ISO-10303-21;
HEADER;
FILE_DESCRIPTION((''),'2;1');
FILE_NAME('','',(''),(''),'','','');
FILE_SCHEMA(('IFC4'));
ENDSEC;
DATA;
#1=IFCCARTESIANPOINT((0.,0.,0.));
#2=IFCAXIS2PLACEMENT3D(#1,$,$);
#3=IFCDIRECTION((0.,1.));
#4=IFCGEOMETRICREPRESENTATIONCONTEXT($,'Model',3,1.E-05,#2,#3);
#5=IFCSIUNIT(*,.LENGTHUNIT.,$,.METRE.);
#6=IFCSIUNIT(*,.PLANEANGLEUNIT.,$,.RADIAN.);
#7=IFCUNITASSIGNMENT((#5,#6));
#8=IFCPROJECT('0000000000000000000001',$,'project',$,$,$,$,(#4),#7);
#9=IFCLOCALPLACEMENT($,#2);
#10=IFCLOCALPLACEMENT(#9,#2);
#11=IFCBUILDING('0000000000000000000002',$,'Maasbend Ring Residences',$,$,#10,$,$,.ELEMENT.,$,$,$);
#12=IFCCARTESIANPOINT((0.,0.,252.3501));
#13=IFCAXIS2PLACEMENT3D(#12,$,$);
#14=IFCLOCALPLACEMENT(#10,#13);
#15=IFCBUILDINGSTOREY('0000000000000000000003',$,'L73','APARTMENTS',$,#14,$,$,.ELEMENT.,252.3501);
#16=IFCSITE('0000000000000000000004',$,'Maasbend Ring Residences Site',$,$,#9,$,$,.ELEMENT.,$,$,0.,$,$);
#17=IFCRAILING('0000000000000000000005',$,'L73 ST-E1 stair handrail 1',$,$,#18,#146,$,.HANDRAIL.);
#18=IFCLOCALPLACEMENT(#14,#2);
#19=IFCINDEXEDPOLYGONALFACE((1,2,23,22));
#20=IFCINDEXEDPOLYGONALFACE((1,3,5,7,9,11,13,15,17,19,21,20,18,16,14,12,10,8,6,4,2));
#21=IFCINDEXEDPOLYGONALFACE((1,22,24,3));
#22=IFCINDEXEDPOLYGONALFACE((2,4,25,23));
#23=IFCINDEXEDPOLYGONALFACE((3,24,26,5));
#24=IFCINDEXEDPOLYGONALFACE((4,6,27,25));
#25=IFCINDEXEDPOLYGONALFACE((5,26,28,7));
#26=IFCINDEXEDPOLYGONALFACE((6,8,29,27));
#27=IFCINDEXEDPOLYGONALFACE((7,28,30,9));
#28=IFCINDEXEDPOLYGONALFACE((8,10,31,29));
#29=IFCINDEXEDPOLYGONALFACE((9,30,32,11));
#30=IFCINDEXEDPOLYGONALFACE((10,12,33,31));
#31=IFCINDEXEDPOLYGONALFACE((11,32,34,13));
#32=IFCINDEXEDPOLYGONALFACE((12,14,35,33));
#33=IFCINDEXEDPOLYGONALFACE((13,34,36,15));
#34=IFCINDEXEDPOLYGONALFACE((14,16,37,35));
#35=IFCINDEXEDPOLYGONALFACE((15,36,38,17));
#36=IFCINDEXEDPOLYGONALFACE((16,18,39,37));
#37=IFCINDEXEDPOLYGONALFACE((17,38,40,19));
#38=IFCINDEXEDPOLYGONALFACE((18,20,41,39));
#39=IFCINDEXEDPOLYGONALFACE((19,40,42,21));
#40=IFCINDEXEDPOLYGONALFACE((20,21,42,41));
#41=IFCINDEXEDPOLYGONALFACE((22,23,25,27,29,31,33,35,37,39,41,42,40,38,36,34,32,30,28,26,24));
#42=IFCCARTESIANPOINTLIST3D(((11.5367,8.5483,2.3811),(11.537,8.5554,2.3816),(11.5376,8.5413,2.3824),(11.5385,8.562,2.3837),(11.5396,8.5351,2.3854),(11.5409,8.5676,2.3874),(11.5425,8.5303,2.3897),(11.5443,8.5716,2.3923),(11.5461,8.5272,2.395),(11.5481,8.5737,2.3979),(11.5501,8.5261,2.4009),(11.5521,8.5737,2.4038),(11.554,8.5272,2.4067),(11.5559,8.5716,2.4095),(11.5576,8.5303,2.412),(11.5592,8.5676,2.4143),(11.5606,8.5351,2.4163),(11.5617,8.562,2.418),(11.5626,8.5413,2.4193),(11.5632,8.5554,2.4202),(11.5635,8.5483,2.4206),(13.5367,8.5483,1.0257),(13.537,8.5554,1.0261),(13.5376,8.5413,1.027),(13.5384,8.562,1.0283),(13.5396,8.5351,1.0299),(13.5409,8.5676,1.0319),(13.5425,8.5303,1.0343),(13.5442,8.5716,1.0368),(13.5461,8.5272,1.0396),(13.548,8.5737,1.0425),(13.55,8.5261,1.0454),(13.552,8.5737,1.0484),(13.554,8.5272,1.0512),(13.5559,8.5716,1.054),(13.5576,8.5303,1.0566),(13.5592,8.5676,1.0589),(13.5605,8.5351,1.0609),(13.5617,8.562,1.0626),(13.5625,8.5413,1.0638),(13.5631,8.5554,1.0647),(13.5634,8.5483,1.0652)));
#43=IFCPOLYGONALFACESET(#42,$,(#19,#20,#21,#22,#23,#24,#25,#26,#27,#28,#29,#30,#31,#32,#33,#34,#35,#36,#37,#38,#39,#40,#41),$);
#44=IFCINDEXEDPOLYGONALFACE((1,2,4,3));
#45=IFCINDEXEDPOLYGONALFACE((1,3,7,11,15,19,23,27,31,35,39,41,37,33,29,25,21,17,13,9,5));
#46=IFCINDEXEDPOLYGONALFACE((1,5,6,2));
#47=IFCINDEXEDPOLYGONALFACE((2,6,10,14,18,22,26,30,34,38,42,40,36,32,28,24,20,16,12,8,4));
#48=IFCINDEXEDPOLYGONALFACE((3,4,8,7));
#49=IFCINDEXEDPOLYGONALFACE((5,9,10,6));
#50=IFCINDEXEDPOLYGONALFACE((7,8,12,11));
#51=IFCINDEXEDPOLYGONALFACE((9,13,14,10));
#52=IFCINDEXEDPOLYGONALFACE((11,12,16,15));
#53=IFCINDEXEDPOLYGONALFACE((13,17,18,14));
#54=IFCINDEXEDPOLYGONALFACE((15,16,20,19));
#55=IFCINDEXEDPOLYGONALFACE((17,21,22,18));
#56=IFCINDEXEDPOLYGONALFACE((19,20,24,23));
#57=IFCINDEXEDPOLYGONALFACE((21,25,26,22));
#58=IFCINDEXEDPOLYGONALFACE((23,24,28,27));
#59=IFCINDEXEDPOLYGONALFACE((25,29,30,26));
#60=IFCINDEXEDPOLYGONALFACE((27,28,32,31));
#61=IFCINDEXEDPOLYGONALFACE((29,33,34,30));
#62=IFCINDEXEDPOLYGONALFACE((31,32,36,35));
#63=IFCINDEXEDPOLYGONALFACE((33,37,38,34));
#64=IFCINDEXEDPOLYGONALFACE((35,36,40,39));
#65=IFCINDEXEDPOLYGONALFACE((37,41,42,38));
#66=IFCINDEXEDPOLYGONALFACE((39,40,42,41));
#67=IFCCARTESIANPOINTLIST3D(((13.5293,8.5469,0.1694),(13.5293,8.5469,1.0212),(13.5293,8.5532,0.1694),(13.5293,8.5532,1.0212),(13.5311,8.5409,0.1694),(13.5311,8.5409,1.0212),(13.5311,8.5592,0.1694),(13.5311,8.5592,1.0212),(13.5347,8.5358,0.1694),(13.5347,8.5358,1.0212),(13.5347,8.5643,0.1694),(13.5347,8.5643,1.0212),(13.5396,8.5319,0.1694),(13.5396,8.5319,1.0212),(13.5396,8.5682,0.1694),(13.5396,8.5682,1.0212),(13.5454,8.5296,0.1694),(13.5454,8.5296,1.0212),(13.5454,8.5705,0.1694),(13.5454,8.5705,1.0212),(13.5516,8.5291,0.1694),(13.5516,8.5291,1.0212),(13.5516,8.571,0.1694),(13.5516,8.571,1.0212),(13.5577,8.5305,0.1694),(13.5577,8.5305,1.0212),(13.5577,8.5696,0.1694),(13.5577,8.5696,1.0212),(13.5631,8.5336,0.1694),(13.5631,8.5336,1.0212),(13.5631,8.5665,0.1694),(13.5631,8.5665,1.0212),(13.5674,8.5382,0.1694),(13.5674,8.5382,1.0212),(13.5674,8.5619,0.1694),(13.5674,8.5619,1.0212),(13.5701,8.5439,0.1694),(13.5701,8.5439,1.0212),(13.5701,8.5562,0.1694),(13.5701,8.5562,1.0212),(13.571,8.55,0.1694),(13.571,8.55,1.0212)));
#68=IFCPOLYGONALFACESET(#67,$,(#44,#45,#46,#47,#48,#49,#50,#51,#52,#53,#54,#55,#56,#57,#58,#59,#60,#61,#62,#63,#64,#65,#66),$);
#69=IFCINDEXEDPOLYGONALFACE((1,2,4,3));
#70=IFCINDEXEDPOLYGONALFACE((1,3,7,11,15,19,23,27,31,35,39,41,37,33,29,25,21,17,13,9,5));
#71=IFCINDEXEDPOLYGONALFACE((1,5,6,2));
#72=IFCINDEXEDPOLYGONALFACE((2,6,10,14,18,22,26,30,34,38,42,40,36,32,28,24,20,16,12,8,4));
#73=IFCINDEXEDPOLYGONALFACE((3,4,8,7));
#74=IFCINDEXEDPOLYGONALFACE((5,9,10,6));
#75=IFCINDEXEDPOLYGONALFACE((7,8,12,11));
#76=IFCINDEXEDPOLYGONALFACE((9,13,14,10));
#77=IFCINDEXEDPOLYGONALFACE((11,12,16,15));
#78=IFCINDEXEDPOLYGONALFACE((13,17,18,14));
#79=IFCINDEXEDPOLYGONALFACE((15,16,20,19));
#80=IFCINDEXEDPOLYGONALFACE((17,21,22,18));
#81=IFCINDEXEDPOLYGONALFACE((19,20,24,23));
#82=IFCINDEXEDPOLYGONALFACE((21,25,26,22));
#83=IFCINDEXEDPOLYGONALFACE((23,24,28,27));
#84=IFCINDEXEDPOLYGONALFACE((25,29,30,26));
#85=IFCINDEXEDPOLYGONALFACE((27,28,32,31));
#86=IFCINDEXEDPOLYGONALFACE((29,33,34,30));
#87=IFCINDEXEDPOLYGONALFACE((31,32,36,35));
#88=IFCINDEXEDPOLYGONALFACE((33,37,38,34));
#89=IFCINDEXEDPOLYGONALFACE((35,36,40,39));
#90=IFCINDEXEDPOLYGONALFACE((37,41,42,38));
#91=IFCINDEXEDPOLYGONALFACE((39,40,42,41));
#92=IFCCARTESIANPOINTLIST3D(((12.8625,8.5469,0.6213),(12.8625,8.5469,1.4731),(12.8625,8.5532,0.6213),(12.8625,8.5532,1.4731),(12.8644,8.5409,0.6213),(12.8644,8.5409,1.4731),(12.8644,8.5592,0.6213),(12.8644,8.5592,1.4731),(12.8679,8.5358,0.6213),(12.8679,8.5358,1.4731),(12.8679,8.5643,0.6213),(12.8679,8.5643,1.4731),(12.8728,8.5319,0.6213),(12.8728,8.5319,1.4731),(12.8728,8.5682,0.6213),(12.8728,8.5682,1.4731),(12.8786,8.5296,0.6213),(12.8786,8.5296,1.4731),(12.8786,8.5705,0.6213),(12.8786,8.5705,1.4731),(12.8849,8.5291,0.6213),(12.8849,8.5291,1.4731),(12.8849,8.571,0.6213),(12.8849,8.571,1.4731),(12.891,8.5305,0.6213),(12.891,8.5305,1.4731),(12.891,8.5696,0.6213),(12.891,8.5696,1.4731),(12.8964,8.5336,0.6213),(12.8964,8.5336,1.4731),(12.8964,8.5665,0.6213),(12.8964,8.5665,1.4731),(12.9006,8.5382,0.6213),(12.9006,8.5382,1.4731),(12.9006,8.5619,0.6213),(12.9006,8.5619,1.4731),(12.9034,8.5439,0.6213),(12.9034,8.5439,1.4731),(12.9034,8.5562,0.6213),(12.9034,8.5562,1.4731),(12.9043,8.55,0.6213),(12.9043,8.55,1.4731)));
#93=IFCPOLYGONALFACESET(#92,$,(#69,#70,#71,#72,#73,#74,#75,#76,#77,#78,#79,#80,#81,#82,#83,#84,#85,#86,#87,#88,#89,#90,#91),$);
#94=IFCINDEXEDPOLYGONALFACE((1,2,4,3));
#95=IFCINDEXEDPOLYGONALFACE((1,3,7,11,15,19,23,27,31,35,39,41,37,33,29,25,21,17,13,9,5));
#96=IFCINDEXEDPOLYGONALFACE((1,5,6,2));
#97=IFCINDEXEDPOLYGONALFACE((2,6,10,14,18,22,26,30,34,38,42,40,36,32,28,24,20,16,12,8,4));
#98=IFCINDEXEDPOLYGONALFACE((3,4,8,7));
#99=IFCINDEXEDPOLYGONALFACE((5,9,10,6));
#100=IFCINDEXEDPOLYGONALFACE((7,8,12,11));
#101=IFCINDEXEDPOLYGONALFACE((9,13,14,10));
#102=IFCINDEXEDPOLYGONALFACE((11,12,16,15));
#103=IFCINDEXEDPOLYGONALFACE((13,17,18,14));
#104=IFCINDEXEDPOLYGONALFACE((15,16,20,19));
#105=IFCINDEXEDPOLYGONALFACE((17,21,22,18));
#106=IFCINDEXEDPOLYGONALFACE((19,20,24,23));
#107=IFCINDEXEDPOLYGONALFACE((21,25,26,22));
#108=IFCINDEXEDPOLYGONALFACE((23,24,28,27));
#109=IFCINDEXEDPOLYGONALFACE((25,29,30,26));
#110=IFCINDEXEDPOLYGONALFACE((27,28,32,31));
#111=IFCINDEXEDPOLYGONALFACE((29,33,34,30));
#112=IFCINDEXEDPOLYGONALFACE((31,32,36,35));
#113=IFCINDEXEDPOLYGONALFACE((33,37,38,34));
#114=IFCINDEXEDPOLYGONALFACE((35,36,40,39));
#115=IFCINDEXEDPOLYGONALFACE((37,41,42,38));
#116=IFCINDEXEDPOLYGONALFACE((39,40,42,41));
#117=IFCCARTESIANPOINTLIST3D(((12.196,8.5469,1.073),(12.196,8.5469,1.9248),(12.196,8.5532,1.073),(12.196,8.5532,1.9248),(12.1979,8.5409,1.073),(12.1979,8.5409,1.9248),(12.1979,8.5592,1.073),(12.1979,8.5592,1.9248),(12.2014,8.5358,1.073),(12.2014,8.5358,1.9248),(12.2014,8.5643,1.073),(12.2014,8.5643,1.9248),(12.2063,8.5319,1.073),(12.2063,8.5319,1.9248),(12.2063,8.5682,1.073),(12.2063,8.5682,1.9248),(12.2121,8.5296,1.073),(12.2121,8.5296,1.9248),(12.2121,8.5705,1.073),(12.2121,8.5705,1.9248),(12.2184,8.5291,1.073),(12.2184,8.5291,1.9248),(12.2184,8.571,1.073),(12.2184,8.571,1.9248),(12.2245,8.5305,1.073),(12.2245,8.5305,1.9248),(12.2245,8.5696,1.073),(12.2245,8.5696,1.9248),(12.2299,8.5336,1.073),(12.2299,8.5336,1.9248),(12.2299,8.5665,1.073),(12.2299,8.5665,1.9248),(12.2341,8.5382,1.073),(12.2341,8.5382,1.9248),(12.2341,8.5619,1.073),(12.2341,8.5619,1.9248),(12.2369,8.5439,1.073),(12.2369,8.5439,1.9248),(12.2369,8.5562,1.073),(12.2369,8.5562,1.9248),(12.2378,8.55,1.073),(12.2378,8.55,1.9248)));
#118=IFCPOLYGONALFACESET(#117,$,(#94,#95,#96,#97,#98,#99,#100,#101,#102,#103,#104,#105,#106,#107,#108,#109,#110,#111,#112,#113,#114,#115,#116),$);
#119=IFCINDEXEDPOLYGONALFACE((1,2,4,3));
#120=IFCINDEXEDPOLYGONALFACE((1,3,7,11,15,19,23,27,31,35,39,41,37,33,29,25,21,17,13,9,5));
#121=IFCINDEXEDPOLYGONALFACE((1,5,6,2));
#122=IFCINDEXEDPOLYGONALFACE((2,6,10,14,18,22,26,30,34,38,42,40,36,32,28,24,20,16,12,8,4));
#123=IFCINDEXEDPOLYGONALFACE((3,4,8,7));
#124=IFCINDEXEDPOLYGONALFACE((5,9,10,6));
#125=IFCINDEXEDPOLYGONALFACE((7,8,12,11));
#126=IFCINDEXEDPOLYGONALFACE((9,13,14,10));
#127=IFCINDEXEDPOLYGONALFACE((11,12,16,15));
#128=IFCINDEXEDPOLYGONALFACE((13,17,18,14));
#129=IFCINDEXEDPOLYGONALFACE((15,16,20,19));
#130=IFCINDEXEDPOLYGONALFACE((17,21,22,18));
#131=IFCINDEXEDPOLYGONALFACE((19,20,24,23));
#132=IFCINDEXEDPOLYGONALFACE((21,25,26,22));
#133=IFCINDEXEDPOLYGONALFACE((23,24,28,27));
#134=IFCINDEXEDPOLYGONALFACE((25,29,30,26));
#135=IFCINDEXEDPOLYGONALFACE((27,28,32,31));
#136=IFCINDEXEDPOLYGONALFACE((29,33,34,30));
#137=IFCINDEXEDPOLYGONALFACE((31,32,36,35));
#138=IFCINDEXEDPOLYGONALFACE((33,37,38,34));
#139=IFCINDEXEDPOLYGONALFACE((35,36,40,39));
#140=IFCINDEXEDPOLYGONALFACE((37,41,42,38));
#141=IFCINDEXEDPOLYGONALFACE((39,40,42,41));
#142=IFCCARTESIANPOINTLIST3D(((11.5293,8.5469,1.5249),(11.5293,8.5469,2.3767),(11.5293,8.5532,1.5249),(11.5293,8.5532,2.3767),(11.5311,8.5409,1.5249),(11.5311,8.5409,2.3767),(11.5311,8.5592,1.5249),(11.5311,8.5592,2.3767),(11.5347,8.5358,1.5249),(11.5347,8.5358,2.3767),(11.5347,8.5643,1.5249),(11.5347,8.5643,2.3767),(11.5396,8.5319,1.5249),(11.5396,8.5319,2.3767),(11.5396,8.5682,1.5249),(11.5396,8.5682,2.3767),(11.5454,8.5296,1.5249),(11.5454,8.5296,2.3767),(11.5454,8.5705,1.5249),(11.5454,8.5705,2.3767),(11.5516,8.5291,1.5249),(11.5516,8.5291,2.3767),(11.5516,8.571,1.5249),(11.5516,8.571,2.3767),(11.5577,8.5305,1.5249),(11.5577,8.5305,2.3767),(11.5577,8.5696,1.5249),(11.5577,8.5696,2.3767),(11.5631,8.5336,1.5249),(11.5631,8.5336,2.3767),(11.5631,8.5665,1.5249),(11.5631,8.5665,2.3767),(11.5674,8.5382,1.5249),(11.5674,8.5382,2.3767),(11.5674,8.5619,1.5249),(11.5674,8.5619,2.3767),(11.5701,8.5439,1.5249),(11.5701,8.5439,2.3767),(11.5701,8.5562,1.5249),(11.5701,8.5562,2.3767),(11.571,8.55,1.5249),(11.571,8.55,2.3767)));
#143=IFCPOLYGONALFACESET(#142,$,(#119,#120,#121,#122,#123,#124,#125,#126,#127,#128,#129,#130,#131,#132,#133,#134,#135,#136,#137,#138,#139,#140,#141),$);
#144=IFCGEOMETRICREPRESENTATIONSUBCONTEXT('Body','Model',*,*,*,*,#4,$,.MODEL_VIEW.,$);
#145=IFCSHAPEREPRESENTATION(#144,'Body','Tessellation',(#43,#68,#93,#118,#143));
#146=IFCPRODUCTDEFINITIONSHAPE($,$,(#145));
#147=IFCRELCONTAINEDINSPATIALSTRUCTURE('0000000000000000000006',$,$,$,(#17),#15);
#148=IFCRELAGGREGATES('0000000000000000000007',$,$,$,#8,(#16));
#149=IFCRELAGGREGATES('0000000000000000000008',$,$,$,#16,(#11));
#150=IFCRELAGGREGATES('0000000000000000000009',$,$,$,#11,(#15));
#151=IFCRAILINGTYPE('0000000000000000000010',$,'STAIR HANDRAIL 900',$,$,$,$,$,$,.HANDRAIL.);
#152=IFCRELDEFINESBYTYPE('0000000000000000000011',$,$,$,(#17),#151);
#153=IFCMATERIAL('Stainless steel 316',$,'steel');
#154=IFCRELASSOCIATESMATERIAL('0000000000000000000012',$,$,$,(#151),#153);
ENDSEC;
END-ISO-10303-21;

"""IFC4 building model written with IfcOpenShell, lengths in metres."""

from ifc_helpers import new_model, si_unit, direction, frame, origin, origin_2d, place, context, subcontext, project, spatial, circle, extrude, material, type_object, element, save


model = new_model("IFC4")

# Units and contexts
model_context = context("Model", 3, precision=1e-05, world=origin(), true_north=direction((0.0, 1.0)))
body_context = subcontext(model_context, "Body", "Model", "MODEL_VIEW")
ifc_project = project(units=[si_unit("LENGTHUNIT", "METRE"), si_unit("PLANEANGLEUNIT", "RADIAN")], contexts=[model_context])

# Site, building, storey
site_placement = place(None, origin())
site = spatial("IfcSite", under=ifc_project, at=site_placement, Name="Maasbend Ring Residences Site", CompositionType="ELEMENT", RefElevation=0.0)
building_placement = place(site_placement, origin())
building = spatial("IfcBuilding", under=site, at=building_placement, Name="Maasbend Ring Residences", CompositionType="ELEMENT")
storey_placement = place(building_placement, frame((0.0, 0.0, 252.3501)))
storey = spatial("IfcBuildingStorey", under=building, at=storey_placement, Name="L73", Description="APARTMENTS", CompositionType="ELEMENT", Elevation=252.3501)

# Railing
ifc_material_1 = material(Name="Stainless steel 316", Category="steel")
railing_type_1 = type_object("IfcRailingType", Name="STAIR HANDRAIL 900", PredefinedType="HANDRAIL", material=ifc_material_1)
railing_1_placement = place(storey_placement, frame((13.55, 8.55, 0.1694)))
element("IfcRailing", 1, at=railing_1_placement, inside=storey, type_object=railing_type_1, Name="L73 ST-E1 stair handrail 1", PredefinedType="HANDRAIL", context=body_context, shape_type="SweptSolid", body=[
    extrude(circle(Radius=0.0239, at=origin_2d()), frame((0.0, 0.0, 0.876), z_axis=(-0.827798, 0.0, 0.561027), x_axis=(0.0, -1.0, 0.0)), (0.0, 0.0, 1.0), 2.416),
    extrude(circle(Radius=0.021, at=origin_2d()), origin(), (0.0, 0.0, 1.0), 0.8518),
    extrude(circle(Radius=0.021, at=origin_2d()), frame((-0.6667, 0.0, 0.4519)), (0.0, 0.0, 1.0), 0.8518),
    extrude(circle(Radius=0.021, at=origin_2d()), frame((-1.3333, 0.0, 0.9036)), (0.0, 0.0, 1.0), 0.8518),
    extrude(circle(Radius=0.021, at=origin_2d()), frame((-2.0, 0.0, 1.3555)), (0.0, 0.0, 1.0), 0.8518),
])

save(model, "model.ifc")
